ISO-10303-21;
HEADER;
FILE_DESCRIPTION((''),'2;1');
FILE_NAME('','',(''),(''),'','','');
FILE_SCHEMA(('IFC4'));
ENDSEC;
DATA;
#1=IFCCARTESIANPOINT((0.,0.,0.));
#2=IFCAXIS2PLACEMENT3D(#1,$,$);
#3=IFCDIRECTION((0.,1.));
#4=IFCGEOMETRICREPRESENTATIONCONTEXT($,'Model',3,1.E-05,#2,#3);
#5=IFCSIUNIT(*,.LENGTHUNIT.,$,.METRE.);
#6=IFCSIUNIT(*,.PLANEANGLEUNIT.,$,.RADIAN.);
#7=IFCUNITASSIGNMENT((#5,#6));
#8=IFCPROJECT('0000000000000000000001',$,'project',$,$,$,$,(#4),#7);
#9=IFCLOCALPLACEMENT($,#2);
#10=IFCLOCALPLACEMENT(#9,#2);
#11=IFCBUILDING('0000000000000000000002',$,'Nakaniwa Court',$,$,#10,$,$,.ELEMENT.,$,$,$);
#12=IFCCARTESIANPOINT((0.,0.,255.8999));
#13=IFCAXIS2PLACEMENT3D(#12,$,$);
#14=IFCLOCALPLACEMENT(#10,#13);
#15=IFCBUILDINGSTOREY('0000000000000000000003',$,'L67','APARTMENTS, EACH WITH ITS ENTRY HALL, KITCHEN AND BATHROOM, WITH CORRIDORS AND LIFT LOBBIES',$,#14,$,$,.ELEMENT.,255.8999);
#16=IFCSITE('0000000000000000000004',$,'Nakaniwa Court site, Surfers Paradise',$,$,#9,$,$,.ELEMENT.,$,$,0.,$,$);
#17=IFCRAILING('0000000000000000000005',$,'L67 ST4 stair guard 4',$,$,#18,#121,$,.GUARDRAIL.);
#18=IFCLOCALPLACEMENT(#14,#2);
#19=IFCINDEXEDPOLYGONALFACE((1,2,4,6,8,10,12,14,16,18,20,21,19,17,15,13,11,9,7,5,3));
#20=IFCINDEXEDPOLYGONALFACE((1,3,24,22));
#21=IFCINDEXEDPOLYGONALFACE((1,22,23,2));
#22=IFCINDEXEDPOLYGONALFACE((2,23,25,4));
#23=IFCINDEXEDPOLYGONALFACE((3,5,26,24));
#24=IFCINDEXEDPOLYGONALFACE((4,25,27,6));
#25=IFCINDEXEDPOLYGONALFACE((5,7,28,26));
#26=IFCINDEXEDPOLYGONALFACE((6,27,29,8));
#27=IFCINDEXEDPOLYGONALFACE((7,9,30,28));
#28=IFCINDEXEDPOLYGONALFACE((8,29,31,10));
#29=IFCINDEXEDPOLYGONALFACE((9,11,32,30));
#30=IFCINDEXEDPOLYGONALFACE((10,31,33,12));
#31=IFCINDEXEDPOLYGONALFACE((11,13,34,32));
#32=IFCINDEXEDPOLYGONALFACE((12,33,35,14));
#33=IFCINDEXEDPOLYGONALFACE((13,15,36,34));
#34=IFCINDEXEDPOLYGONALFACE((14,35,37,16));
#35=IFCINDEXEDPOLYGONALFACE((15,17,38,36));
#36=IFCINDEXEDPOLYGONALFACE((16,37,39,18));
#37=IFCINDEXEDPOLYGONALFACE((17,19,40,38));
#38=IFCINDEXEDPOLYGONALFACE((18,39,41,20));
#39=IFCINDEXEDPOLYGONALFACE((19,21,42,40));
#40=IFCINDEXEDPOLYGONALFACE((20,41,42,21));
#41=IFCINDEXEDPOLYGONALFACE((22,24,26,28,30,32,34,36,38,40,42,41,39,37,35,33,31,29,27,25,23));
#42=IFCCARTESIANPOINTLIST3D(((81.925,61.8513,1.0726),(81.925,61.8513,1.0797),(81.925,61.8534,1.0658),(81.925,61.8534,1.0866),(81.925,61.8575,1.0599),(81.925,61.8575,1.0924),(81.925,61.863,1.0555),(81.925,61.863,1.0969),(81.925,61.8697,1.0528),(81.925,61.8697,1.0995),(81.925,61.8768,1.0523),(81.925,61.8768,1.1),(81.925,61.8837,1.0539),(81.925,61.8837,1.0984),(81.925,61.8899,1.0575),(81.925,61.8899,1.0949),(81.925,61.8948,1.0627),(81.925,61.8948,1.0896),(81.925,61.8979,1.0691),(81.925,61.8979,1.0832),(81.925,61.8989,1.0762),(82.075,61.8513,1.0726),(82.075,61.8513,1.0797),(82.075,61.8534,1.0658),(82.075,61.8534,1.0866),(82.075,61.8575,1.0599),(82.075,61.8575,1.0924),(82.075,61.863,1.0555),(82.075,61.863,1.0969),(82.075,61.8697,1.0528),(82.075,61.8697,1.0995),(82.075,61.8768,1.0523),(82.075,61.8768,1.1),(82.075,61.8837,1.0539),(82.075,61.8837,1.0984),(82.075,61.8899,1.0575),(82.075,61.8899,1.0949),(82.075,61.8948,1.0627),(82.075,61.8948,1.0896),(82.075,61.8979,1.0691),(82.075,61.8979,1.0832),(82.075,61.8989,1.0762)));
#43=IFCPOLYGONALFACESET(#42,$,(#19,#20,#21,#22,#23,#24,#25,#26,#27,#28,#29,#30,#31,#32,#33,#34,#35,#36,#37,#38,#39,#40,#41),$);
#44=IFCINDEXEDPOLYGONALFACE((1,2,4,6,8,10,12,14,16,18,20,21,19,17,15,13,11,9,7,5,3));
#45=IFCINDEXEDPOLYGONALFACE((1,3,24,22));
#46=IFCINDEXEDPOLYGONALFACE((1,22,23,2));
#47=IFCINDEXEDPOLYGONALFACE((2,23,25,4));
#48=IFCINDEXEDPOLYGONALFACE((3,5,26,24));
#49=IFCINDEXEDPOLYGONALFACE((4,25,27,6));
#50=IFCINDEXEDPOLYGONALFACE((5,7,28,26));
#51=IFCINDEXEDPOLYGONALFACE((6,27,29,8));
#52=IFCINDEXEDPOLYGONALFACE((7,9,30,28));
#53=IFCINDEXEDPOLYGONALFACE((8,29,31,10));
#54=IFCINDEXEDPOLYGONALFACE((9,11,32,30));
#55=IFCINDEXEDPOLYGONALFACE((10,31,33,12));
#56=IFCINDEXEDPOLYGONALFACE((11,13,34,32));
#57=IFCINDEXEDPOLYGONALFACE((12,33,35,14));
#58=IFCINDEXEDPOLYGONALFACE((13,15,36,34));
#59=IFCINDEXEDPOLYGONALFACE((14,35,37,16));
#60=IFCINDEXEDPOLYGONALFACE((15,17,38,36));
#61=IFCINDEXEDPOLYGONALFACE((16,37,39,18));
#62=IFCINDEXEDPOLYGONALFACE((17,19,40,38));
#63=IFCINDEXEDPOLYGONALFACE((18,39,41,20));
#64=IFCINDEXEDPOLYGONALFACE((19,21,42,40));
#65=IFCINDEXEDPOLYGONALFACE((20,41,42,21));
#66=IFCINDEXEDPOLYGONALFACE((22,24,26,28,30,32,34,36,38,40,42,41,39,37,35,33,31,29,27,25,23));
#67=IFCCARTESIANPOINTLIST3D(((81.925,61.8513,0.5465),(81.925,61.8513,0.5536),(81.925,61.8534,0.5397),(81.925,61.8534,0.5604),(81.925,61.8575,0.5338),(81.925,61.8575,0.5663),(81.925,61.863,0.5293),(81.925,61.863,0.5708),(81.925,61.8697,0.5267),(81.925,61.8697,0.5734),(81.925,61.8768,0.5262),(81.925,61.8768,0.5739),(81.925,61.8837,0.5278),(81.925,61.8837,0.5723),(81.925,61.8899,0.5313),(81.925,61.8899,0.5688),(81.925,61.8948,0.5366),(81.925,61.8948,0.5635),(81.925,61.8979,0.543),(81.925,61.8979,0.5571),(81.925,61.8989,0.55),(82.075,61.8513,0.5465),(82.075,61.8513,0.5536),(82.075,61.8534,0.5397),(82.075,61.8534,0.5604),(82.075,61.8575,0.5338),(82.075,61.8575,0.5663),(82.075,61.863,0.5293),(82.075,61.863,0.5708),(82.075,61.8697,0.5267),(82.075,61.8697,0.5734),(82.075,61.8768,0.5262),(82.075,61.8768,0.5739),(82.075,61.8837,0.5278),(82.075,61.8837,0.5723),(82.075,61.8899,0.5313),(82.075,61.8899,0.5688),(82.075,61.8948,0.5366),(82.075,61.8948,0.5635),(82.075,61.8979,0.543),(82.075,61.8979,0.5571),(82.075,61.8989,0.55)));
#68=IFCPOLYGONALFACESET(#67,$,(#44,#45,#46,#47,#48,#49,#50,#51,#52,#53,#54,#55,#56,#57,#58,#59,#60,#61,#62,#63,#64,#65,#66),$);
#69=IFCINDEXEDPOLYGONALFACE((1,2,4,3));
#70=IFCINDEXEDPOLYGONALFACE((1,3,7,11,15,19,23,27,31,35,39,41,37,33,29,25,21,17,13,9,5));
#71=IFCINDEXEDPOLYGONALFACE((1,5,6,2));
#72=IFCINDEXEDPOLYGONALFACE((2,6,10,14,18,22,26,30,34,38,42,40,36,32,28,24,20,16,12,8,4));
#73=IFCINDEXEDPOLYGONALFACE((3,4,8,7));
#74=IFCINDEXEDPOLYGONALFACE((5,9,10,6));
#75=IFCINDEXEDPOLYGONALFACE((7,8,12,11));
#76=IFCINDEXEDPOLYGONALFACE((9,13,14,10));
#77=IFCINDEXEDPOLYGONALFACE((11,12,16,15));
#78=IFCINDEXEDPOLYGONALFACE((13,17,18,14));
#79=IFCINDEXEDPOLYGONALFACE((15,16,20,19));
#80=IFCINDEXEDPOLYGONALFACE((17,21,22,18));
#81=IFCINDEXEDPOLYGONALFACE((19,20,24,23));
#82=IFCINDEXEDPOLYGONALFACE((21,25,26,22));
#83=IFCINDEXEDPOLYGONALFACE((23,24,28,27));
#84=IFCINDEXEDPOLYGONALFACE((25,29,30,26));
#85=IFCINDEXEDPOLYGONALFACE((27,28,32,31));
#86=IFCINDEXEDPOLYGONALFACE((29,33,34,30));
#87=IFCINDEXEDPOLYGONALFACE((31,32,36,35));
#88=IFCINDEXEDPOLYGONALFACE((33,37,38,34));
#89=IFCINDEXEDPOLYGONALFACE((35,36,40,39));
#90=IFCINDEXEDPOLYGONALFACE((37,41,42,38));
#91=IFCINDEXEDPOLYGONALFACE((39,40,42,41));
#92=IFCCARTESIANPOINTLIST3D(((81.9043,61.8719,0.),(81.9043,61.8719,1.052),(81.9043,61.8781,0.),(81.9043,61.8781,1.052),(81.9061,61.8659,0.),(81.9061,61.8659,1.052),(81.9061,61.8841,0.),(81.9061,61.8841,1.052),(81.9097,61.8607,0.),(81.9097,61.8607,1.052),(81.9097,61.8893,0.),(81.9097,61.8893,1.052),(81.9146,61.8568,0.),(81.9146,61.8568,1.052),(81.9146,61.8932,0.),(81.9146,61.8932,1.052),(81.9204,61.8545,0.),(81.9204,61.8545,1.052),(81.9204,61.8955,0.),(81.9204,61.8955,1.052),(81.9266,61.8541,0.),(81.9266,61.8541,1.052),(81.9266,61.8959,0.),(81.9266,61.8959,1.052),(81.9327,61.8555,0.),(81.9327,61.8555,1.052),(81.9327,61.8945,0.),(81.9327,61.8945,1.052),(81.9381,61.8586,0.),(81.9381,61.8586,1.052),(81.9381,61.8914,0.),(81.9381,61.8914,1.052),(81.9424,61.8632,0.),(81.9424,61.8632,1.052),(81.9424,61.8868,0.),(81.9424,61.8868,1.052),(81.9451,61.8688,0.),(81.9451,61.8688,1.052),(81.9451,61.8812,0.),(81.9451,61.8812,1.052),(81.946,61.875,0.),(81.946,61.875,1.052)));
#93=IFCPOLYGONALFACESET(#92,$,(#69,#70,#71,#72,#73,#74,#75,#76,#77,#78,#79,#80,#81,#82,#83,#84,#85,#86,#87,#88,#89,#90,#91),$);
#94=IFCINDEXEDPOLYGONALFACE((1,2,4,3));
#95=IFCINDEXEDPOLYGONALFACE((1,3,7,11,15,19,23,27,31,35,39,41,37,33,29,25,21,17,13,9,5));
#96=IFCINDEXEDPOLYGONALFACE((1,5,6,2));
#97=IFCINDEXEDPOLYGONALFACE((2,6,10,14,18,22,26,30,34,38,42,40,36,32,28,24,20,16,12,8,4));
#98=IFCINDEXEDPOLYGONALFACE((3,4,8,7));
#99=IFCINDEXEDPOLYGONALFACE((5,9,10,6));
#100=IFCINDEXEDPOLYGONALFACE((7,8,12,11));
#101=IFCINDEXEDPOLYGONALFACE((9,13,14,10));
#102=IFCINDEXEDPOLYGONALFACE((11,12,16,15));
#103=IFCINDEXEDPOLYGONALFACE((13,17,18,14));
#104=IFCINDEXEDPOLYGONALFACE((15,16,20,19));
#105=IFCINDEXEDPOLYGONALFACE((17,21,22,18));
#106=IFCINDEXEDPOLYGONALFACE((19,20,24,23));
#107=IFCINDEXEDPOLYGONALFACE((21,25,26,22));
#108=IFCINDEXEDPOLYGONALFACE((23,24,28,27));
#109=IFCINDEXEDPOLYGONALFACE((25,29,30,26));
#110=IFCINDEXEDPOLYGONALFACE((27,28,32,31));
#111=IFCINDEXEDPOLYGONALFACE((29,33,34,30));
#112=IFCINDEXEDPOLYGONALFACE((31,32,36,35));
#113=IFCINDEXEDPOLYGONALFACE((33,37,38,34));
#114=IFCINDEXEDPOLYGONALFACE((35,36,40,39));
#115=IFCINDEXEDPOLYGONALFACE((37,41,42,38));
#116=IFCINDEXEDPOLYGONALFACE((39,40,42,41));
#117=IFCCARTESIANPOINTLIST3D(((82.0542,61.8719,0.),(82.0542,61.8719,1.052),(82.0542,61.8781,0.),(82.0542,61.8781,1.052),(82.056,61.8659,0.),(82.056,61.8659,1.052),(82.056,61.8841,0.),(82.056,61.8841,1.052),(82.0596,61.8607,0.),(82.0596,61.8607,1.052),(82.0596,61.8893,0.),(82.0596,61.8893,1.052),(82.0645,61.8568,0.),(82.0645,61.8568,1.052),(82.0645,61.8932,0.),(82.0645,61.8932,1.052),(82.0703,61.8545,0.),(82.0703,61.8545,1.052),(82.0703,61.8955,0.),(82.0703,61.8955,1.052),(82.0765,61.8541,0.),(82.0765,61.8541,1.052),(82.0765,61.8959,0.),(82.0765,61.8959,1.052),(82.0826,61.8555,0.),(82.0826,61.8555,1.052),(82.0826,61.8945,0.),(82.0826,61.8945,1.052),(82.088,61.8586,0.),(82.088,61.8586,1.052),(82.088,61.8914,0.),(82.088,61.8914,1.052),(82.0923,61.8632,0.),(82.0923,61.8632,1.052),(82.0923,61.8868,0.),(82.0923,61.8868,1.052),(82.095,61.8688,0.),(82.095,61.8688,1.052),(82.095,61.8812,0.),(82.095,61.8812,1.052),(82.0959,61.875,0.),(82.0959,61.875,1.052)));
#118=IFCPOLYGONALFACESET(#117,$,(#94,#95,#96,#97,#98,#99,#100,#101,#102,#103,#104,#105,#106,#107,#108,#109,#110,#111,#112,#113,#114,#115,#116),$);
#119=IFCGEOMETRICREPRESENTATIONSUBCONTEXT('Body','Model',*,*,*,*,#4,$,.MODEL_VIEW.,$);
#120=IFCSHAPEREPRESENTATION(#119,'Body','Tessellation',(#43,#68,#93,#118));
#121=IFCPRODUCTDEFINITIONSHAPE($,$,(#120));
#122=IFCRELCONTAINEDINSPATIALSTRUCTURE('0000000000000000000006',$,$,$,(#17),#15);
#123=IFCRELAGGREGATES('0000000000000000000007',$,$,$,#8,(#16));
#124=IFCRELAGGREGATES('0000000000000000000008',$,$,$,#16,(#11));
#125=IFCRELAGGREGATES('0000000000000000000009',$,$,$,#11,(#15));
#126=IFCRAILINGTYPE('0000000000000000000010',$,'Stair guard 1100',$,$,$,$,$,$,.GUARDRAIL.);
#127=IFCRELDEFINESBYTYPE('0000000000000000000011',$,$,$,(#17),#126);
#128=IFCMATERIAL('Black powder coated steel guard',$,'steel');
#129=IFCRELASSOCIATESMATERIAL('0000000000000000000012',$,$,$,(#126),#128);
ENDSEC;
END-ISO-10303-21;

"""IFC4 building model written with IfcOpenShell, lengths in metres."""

from ifc_helpers import new_model, si_unit, direction, frame, origin, origin_2d, place, context, subcontext, project, spatial, circle, extrude, material, type_object, element, save


model = new_model("IFC4")

# Units and contexts
model_context = context("Model", 3, precision=1e-05, world=origin(), true_north=direction((0.0, 1.0)))
body_context = subcontext(model_context, "Body", "Model", "MODEL_VIEW")
ifc_project = project(units=[si_unit("LENGTHUNIT", "METRE"), si_unit("PLANEANGLEUNIT", "RADIAN")], contexts=[model_context])

# Site, building, storey
site_placement = place(None, origin())
site = spatial("IfcSite", under=ifc_project, at=site_placement, Name="Nakaniwa Court site, Surfers Paradise", CompositionType="ELEMENT", RefElevation=0.0)
building_placement = place(site_placement, origin())
building = spatial("IfcBuilding", under=site, at=building_placement, Name="Nakaniwa Court", CompositionType="ELEMENT")
storey_placement = place(building_placement, frame((0.0, 0.0, 255.8999)))
storey = spatial("IfcBuildingStorey", under=building, at=storey_placement, Name="L67", Description="APARTMENTS, EACH WITH ITS ENTRY HALL, KITCHEN AND BATHROOM, WITH CORRIDORS AND LIFT LOBBIES", CompositionType="ELEMENT", Elevation=255.8999)

# Railing
ifc_material_1 = material(Name="Black powder coated steel guard", Category="steel")
railing_type_1 = type_object("IfcRailingType", Name="Stair guard 1100", PredefinedType="GUARDRAIL", material=ifc_material_1)
railing_1_placement = place(storey_placement, frame((81.925, 61.875, 0.0)))
element("IfcRailing", 1, at=railing_1_placement, inside=storey, type_object=railing_type_1, Name="L67 ST4 stair guard 4", PredefinedType="GUARDRAIL", context=body_context, shape_type="SweptSolid", body=[
    extrude(circle(Radius=0.0239, at=origin_2d()), frame((0.0, 0.0, 1.0762), z_axis=(1.0, 0.0, 0.0), x_axis=(0.0, 1.0, 0.0)), (0.0, 0.0, 1.0), 0.1499),
    extrude(circle(Radius=0.0239, at=origin_2d()), frame((0.0, 0.0, 0.55), z_axis=(1.0, 0.0, 0.0), x_axis=(0.0, 1.0, 0.0)), (0.0, 0.0, 1.0), 0.1499),
    extrude(circle(Radius=0.021, at=origin_2d()), origin(), (0.0, 0.0, 1.0), 1.052),
    extrude(circle(Radius=0.021, at=origin_2d()), frame((0.1499, 0.0, 0.0)), (0.0, 0.0, 1.0), 1.052),
])

save(model, "model.ifc")
